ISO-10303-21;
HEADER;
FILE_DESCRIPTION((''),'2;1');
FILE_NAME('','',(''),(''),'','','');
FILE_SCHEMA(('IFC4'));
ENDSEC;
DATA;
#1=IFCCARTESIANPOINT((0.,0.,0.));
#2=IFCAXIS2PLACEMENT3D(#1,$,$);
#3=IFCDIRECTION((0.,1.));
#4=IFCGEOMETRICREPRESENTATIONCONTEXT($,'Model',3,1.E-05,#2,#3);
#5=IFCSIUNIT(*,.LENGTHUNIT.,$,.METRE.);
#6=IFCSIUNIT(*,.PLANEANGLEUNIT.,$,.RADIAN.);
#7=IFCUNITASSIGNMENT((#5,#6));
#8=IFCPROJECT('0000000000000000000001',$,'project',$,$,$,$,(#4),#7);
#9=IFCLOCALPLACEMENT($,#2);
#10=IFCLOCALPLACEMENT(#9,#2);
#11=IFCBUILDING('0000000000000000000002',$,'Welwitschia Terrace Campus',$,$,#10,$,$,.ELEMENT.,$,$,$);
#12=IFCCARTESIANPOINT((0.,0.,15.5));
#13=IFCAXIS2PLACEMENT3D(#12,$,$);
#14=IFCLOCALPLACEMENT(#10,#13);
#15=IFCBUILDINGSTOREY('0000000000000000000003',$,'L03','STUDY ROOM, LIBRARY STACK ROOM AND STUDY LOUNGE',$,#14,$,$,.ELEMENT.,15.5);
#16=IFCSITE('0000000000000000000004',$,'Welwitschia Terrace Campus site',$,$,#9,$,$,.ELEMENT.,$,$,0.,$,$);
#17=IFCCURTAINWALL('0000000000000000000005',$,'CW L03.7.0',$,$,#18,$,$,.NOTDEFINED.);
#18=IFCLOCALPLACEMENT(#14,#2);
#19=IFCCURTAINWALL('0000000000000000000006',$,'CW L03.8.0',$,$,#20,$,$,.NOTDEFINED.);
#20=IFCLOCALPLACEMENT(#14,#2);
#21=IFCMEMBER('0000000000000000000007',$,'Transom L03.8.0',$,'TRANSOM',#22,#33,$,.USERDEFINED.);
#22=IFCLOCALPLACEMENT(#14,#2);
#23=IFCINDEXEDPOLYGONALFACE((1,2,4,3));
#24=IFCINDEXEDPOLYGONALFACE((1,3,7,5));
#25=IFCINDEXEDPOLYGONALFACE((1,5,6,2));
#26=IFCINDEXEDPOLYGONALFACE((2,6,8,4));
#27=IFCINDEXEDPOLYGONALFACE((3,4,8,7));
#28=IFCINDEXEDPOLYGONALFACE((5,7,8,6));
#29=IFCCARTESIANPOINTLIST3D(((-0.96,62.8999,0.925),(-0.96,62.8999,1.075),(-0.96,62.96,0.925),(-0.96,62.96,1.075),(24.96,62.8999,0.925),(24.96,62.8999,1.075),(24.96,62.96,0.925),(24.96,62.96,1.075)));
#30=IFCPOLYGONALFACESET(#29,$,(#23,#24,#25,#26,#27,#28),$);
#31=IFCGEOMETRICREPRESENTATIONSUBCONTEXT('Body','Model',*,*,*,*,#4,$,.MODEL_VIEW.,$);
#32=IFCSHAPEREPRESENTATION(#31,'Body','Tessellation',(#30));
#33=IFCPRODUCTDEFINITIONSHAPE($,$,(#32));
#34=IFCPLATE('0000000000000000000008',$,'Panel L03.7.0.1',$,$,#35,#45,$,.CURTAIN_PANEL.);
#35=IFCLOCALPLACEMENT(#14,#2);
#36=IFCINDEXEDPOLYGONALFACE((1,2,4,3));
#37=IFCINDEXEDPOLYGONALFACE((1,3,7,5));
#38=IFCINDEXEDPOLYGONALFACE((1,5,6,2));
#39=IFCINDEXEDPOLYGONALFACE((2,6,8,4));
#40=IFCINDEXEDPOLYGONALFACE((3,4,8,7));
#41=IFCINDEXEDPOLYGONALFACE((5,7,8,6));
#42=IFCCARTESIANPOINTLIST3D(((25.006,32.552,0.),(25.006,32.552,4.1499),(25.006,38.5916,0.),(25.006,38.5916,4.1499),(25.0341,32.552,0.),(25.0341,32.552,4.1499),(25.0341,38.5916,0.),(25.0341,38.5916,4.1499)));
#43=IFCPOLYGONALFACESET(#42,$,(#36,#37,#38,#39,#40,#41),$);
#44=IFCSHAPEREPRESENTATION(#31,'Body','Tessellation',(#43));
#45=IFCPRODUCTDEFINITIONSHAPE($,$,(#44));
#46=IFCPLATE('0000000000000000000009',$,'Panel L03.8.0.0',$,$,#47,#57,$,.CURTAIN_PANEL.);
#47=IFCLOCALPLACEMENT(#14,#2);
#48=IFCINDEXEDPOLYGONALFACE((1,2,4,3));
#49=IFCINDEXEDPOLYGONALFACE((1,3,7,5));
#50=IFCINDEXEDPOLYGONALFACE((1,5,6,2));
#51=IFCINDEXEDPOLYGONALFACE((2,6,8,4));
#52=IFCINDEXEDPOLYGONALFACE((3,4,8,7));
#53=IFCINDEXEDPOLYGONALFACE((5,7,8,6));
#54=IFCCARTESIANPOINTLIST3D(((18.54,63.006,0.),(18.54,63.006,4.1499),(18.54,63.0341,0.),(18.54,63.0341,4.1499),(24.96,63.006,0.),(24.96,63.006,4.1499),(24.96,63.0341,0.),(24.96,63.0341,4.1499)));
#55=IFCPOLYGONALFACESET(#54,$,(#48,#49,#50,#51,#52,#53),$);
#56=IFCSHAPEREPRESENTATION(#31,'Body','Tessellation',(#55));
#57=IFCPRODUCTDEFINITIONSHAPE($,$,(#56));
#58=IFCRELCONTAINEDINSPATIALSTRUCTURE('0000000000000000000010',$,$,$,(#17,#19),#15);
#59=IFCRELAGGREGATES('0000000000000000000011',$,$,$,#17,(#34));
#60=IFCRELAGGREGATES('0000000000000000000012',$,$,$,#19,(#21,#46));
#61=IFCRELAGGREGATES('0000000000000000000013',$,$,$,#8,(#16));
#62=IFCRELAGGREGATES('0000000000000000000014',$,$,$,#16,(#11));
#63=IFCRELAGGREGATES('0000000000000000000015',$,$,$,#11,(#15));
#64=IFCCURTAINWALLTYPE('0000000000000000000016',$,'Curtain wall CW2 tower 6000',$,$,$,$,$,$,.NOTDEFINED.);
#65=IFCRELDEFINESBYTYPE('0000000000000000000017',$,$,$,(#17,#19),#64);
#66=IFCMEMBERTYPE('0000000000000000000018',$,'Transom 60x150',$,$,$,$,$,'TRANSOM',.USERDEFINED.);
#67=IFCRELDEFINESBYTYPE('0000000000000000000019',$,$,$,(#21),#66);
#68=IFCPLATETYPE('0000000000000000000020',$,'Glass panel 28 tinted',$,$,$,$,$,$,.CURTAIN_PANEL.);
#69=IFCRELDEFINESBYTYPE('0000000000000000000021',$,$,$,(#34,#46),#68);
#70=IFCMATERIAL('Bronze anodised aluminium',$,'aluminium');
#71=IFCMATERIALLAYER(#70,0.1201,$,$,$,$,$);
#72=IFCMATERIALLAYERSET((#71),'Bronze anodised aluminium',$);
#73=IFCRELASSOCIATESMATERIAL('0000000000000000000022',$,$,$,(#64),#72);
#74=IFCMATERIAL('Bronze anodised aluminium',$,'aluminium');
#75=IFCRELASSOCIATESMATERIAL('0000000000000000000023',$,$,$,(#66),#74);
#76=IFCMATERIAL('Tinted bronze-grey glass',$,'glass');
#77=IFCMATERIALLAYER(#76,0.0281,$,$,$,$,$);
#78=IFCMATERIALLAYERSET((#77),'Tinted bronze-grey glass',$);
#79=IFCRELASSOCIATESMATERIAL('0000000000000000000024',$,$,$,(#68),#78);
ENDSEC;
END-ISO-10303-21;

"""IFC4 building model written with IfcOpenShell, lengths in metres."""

from ifc_helpers import new_model, si_unit, direction, frame, origin, origin_2d, place, context, subcontext, project, spatial, rectangle, extrude, material, layer, layer_set, material_profile, profile_set, type_object, element, aggregate, save


model = new_model("IFC4")

# Units and contexts
model_context = context("Model", 3, precision=1e-05, world=origin(), true_north=direction((0.0, 1.0)))
body_context = subcontext(model_context, "Body", "Model", "MODEL_VIEW")
ifc_project = project(units=[si_unit("LENGTHUNIT", "METRE"), si_unit("PLANEANGLEUNIT", "RADIAN")], contexts=[model_context])

# Site, building, storey
site_placement = place(None, origin())
site = spatial("IfcSite", under=ifc_project, at=site_placement, Name="Welwitschia Terrace Campus site", CompositionType="ELEMENT", RefElevation=0.0)
building_placement = place(site_placement, origin())
building = spatial("IfcBuilding", under=site, at=building_placement, Name="Welwitschia Terrace Campus", CompositionType="ELEMENT")
storey_placement = place(building_placement, frame((0.0, 0.0, 15.5)))
storey = spatial("IfcBuildingStorey", under=building, at=storey_placement, Name="L03", Description="STUDY ROOM, LIBRARY STACK ROOM AND STUDY LOUNGE", CompositionType="ELEMENT", Elevation=15.5)

# Curtain wall
ifc_material_1 = material(Name="Bronze anodised aluminium", Category="aluminium")
ifc_layer_1 = layer(ifc_material_1, 0.1201)
ifc_layer_set_1 = layer_set([ifc_layer_1], Name="Bronze anodised aluminium")
curtain_wall_type = type_object("IfcCurtainWallType", Name="Curtain wall CW2 tower 6000", PredefinedType="NOTDEFINED", material=ifc_layer_set_1)
curtain_wall_1_placement = place(storey_placement, origin())
curtain_wall_1 = element("IfcCurtainWall", 1, at=curtain_wall_1_placement, inside=storey, type_object=curtain_wall_type, Name="CW L03.7.0", PredefinedType="NOTDEFINED")

# Curtain wall
curtain_wall_2_placement = place(storey_placement, origin())
curtain_wall_2 = element("IfcCurtainWall", 2, at=curtain_wall_2_placement, inside=storey, type_object=curtain_wall_type, Name="CW L03.8.0", PredefinedType="NOTDEFINED")

# Member
ifc_material_2 = material(Name="Bronze anodised aluminium", Category="aluminium")
ifc_material_profile_1 = material_profile(ifc_material_2, rectangle(XDim=0.0601, YDim=0.1499, at=origin_2d()))
ifc_profile_set_1 = profile_set([ifc_material_profile_1], Name="Bronze anodised aluminium")
member_type_1 = type_object("IfcMemberType", Name="Transom 60x150", ElementType="TRANSOM", PredefinedType="USERDEFINED", material=ifc_profile_set_1)
member_1_placement = place(storey_placement, frame((24.96, 62.9299, 1.0), z_axis=(-1.0, 0.0, 0.0), x_axis=(0.0, -1.0, 0.0)))
member_1 = element("IfcMember", 3, at=member_1_placement, type_object=member_type_1, Name="Transom L03.8.0", ObjectType="TRANSOM", PredefinedType="USERDEFINED", context=body_context, shape_type="SweptSolid", body=[
    extrude(rectangle(XDim=0.0601, YDim=0.1499, at=origin_2d()), origin(), (0.0, 0.0, 1.0), 25.9199),
])

# Plates
ifc_material_3 = material(Name="Tinted bronze-grey glass", Category="glass")
ifc_layer_2 = layer(ifc_material_3, 0.0281)
ifc_layer_set_2 = layer_set([ifc_layer_2], Name="Tinted bronze-grey glass")
plate_type = type_object("IfcPlateType", Name="Glass panel 28 tinted", PredefinedType="CURTAIN_PANEL", material=ifc_layer_set_2)
plate_1_placement = place(storey_placement, frame((25.02, 35.5718, 0.0), z_axis=(0.0, 0.0, 1.0), x_axis=(0.0, 1.0, 0.0)))
plate_1 = element("IfcPlate", 4, at=plate_1_placement, type_object=plate_type, Name="Panel L03.7.0.1", PredefinedType="CURTAIN_PANEL", context=body_context, shape_type="SweptSolid", body=[
    extrude(rectangle(XDim=6.0396, YDim=0.0281, at=origin_2d()), origin(), (0.0, 0.0, 1.0), 4.1499),
])
aggregate(curtain_wall_1, [plate_1])
plate_2_placement = place(storey_placement, frame((21.75, 63.02, 0.0), z_axis=(0.0, 0.0, 1.0), x_axis=(-1.0, 0.0, 0.0)))
plate_2 = element("IfcPlate", 5, at=plate_2_placement, type_object=plate_type, Name="Panel L03.8.0.0", PredefinedType="CURTAIN_PANEL", context=body_context, shape_type="SweptSolid", body=[
    extrude(rectangle(XDim=6.4199, YDim=0.0281, at=origin_2d()), origin(), (0.0, 0.0, 1.0), 4.1499),
])
aggregate(curtain_wall_2, [member_1, plate_2])

save(model, "model.ifc")
